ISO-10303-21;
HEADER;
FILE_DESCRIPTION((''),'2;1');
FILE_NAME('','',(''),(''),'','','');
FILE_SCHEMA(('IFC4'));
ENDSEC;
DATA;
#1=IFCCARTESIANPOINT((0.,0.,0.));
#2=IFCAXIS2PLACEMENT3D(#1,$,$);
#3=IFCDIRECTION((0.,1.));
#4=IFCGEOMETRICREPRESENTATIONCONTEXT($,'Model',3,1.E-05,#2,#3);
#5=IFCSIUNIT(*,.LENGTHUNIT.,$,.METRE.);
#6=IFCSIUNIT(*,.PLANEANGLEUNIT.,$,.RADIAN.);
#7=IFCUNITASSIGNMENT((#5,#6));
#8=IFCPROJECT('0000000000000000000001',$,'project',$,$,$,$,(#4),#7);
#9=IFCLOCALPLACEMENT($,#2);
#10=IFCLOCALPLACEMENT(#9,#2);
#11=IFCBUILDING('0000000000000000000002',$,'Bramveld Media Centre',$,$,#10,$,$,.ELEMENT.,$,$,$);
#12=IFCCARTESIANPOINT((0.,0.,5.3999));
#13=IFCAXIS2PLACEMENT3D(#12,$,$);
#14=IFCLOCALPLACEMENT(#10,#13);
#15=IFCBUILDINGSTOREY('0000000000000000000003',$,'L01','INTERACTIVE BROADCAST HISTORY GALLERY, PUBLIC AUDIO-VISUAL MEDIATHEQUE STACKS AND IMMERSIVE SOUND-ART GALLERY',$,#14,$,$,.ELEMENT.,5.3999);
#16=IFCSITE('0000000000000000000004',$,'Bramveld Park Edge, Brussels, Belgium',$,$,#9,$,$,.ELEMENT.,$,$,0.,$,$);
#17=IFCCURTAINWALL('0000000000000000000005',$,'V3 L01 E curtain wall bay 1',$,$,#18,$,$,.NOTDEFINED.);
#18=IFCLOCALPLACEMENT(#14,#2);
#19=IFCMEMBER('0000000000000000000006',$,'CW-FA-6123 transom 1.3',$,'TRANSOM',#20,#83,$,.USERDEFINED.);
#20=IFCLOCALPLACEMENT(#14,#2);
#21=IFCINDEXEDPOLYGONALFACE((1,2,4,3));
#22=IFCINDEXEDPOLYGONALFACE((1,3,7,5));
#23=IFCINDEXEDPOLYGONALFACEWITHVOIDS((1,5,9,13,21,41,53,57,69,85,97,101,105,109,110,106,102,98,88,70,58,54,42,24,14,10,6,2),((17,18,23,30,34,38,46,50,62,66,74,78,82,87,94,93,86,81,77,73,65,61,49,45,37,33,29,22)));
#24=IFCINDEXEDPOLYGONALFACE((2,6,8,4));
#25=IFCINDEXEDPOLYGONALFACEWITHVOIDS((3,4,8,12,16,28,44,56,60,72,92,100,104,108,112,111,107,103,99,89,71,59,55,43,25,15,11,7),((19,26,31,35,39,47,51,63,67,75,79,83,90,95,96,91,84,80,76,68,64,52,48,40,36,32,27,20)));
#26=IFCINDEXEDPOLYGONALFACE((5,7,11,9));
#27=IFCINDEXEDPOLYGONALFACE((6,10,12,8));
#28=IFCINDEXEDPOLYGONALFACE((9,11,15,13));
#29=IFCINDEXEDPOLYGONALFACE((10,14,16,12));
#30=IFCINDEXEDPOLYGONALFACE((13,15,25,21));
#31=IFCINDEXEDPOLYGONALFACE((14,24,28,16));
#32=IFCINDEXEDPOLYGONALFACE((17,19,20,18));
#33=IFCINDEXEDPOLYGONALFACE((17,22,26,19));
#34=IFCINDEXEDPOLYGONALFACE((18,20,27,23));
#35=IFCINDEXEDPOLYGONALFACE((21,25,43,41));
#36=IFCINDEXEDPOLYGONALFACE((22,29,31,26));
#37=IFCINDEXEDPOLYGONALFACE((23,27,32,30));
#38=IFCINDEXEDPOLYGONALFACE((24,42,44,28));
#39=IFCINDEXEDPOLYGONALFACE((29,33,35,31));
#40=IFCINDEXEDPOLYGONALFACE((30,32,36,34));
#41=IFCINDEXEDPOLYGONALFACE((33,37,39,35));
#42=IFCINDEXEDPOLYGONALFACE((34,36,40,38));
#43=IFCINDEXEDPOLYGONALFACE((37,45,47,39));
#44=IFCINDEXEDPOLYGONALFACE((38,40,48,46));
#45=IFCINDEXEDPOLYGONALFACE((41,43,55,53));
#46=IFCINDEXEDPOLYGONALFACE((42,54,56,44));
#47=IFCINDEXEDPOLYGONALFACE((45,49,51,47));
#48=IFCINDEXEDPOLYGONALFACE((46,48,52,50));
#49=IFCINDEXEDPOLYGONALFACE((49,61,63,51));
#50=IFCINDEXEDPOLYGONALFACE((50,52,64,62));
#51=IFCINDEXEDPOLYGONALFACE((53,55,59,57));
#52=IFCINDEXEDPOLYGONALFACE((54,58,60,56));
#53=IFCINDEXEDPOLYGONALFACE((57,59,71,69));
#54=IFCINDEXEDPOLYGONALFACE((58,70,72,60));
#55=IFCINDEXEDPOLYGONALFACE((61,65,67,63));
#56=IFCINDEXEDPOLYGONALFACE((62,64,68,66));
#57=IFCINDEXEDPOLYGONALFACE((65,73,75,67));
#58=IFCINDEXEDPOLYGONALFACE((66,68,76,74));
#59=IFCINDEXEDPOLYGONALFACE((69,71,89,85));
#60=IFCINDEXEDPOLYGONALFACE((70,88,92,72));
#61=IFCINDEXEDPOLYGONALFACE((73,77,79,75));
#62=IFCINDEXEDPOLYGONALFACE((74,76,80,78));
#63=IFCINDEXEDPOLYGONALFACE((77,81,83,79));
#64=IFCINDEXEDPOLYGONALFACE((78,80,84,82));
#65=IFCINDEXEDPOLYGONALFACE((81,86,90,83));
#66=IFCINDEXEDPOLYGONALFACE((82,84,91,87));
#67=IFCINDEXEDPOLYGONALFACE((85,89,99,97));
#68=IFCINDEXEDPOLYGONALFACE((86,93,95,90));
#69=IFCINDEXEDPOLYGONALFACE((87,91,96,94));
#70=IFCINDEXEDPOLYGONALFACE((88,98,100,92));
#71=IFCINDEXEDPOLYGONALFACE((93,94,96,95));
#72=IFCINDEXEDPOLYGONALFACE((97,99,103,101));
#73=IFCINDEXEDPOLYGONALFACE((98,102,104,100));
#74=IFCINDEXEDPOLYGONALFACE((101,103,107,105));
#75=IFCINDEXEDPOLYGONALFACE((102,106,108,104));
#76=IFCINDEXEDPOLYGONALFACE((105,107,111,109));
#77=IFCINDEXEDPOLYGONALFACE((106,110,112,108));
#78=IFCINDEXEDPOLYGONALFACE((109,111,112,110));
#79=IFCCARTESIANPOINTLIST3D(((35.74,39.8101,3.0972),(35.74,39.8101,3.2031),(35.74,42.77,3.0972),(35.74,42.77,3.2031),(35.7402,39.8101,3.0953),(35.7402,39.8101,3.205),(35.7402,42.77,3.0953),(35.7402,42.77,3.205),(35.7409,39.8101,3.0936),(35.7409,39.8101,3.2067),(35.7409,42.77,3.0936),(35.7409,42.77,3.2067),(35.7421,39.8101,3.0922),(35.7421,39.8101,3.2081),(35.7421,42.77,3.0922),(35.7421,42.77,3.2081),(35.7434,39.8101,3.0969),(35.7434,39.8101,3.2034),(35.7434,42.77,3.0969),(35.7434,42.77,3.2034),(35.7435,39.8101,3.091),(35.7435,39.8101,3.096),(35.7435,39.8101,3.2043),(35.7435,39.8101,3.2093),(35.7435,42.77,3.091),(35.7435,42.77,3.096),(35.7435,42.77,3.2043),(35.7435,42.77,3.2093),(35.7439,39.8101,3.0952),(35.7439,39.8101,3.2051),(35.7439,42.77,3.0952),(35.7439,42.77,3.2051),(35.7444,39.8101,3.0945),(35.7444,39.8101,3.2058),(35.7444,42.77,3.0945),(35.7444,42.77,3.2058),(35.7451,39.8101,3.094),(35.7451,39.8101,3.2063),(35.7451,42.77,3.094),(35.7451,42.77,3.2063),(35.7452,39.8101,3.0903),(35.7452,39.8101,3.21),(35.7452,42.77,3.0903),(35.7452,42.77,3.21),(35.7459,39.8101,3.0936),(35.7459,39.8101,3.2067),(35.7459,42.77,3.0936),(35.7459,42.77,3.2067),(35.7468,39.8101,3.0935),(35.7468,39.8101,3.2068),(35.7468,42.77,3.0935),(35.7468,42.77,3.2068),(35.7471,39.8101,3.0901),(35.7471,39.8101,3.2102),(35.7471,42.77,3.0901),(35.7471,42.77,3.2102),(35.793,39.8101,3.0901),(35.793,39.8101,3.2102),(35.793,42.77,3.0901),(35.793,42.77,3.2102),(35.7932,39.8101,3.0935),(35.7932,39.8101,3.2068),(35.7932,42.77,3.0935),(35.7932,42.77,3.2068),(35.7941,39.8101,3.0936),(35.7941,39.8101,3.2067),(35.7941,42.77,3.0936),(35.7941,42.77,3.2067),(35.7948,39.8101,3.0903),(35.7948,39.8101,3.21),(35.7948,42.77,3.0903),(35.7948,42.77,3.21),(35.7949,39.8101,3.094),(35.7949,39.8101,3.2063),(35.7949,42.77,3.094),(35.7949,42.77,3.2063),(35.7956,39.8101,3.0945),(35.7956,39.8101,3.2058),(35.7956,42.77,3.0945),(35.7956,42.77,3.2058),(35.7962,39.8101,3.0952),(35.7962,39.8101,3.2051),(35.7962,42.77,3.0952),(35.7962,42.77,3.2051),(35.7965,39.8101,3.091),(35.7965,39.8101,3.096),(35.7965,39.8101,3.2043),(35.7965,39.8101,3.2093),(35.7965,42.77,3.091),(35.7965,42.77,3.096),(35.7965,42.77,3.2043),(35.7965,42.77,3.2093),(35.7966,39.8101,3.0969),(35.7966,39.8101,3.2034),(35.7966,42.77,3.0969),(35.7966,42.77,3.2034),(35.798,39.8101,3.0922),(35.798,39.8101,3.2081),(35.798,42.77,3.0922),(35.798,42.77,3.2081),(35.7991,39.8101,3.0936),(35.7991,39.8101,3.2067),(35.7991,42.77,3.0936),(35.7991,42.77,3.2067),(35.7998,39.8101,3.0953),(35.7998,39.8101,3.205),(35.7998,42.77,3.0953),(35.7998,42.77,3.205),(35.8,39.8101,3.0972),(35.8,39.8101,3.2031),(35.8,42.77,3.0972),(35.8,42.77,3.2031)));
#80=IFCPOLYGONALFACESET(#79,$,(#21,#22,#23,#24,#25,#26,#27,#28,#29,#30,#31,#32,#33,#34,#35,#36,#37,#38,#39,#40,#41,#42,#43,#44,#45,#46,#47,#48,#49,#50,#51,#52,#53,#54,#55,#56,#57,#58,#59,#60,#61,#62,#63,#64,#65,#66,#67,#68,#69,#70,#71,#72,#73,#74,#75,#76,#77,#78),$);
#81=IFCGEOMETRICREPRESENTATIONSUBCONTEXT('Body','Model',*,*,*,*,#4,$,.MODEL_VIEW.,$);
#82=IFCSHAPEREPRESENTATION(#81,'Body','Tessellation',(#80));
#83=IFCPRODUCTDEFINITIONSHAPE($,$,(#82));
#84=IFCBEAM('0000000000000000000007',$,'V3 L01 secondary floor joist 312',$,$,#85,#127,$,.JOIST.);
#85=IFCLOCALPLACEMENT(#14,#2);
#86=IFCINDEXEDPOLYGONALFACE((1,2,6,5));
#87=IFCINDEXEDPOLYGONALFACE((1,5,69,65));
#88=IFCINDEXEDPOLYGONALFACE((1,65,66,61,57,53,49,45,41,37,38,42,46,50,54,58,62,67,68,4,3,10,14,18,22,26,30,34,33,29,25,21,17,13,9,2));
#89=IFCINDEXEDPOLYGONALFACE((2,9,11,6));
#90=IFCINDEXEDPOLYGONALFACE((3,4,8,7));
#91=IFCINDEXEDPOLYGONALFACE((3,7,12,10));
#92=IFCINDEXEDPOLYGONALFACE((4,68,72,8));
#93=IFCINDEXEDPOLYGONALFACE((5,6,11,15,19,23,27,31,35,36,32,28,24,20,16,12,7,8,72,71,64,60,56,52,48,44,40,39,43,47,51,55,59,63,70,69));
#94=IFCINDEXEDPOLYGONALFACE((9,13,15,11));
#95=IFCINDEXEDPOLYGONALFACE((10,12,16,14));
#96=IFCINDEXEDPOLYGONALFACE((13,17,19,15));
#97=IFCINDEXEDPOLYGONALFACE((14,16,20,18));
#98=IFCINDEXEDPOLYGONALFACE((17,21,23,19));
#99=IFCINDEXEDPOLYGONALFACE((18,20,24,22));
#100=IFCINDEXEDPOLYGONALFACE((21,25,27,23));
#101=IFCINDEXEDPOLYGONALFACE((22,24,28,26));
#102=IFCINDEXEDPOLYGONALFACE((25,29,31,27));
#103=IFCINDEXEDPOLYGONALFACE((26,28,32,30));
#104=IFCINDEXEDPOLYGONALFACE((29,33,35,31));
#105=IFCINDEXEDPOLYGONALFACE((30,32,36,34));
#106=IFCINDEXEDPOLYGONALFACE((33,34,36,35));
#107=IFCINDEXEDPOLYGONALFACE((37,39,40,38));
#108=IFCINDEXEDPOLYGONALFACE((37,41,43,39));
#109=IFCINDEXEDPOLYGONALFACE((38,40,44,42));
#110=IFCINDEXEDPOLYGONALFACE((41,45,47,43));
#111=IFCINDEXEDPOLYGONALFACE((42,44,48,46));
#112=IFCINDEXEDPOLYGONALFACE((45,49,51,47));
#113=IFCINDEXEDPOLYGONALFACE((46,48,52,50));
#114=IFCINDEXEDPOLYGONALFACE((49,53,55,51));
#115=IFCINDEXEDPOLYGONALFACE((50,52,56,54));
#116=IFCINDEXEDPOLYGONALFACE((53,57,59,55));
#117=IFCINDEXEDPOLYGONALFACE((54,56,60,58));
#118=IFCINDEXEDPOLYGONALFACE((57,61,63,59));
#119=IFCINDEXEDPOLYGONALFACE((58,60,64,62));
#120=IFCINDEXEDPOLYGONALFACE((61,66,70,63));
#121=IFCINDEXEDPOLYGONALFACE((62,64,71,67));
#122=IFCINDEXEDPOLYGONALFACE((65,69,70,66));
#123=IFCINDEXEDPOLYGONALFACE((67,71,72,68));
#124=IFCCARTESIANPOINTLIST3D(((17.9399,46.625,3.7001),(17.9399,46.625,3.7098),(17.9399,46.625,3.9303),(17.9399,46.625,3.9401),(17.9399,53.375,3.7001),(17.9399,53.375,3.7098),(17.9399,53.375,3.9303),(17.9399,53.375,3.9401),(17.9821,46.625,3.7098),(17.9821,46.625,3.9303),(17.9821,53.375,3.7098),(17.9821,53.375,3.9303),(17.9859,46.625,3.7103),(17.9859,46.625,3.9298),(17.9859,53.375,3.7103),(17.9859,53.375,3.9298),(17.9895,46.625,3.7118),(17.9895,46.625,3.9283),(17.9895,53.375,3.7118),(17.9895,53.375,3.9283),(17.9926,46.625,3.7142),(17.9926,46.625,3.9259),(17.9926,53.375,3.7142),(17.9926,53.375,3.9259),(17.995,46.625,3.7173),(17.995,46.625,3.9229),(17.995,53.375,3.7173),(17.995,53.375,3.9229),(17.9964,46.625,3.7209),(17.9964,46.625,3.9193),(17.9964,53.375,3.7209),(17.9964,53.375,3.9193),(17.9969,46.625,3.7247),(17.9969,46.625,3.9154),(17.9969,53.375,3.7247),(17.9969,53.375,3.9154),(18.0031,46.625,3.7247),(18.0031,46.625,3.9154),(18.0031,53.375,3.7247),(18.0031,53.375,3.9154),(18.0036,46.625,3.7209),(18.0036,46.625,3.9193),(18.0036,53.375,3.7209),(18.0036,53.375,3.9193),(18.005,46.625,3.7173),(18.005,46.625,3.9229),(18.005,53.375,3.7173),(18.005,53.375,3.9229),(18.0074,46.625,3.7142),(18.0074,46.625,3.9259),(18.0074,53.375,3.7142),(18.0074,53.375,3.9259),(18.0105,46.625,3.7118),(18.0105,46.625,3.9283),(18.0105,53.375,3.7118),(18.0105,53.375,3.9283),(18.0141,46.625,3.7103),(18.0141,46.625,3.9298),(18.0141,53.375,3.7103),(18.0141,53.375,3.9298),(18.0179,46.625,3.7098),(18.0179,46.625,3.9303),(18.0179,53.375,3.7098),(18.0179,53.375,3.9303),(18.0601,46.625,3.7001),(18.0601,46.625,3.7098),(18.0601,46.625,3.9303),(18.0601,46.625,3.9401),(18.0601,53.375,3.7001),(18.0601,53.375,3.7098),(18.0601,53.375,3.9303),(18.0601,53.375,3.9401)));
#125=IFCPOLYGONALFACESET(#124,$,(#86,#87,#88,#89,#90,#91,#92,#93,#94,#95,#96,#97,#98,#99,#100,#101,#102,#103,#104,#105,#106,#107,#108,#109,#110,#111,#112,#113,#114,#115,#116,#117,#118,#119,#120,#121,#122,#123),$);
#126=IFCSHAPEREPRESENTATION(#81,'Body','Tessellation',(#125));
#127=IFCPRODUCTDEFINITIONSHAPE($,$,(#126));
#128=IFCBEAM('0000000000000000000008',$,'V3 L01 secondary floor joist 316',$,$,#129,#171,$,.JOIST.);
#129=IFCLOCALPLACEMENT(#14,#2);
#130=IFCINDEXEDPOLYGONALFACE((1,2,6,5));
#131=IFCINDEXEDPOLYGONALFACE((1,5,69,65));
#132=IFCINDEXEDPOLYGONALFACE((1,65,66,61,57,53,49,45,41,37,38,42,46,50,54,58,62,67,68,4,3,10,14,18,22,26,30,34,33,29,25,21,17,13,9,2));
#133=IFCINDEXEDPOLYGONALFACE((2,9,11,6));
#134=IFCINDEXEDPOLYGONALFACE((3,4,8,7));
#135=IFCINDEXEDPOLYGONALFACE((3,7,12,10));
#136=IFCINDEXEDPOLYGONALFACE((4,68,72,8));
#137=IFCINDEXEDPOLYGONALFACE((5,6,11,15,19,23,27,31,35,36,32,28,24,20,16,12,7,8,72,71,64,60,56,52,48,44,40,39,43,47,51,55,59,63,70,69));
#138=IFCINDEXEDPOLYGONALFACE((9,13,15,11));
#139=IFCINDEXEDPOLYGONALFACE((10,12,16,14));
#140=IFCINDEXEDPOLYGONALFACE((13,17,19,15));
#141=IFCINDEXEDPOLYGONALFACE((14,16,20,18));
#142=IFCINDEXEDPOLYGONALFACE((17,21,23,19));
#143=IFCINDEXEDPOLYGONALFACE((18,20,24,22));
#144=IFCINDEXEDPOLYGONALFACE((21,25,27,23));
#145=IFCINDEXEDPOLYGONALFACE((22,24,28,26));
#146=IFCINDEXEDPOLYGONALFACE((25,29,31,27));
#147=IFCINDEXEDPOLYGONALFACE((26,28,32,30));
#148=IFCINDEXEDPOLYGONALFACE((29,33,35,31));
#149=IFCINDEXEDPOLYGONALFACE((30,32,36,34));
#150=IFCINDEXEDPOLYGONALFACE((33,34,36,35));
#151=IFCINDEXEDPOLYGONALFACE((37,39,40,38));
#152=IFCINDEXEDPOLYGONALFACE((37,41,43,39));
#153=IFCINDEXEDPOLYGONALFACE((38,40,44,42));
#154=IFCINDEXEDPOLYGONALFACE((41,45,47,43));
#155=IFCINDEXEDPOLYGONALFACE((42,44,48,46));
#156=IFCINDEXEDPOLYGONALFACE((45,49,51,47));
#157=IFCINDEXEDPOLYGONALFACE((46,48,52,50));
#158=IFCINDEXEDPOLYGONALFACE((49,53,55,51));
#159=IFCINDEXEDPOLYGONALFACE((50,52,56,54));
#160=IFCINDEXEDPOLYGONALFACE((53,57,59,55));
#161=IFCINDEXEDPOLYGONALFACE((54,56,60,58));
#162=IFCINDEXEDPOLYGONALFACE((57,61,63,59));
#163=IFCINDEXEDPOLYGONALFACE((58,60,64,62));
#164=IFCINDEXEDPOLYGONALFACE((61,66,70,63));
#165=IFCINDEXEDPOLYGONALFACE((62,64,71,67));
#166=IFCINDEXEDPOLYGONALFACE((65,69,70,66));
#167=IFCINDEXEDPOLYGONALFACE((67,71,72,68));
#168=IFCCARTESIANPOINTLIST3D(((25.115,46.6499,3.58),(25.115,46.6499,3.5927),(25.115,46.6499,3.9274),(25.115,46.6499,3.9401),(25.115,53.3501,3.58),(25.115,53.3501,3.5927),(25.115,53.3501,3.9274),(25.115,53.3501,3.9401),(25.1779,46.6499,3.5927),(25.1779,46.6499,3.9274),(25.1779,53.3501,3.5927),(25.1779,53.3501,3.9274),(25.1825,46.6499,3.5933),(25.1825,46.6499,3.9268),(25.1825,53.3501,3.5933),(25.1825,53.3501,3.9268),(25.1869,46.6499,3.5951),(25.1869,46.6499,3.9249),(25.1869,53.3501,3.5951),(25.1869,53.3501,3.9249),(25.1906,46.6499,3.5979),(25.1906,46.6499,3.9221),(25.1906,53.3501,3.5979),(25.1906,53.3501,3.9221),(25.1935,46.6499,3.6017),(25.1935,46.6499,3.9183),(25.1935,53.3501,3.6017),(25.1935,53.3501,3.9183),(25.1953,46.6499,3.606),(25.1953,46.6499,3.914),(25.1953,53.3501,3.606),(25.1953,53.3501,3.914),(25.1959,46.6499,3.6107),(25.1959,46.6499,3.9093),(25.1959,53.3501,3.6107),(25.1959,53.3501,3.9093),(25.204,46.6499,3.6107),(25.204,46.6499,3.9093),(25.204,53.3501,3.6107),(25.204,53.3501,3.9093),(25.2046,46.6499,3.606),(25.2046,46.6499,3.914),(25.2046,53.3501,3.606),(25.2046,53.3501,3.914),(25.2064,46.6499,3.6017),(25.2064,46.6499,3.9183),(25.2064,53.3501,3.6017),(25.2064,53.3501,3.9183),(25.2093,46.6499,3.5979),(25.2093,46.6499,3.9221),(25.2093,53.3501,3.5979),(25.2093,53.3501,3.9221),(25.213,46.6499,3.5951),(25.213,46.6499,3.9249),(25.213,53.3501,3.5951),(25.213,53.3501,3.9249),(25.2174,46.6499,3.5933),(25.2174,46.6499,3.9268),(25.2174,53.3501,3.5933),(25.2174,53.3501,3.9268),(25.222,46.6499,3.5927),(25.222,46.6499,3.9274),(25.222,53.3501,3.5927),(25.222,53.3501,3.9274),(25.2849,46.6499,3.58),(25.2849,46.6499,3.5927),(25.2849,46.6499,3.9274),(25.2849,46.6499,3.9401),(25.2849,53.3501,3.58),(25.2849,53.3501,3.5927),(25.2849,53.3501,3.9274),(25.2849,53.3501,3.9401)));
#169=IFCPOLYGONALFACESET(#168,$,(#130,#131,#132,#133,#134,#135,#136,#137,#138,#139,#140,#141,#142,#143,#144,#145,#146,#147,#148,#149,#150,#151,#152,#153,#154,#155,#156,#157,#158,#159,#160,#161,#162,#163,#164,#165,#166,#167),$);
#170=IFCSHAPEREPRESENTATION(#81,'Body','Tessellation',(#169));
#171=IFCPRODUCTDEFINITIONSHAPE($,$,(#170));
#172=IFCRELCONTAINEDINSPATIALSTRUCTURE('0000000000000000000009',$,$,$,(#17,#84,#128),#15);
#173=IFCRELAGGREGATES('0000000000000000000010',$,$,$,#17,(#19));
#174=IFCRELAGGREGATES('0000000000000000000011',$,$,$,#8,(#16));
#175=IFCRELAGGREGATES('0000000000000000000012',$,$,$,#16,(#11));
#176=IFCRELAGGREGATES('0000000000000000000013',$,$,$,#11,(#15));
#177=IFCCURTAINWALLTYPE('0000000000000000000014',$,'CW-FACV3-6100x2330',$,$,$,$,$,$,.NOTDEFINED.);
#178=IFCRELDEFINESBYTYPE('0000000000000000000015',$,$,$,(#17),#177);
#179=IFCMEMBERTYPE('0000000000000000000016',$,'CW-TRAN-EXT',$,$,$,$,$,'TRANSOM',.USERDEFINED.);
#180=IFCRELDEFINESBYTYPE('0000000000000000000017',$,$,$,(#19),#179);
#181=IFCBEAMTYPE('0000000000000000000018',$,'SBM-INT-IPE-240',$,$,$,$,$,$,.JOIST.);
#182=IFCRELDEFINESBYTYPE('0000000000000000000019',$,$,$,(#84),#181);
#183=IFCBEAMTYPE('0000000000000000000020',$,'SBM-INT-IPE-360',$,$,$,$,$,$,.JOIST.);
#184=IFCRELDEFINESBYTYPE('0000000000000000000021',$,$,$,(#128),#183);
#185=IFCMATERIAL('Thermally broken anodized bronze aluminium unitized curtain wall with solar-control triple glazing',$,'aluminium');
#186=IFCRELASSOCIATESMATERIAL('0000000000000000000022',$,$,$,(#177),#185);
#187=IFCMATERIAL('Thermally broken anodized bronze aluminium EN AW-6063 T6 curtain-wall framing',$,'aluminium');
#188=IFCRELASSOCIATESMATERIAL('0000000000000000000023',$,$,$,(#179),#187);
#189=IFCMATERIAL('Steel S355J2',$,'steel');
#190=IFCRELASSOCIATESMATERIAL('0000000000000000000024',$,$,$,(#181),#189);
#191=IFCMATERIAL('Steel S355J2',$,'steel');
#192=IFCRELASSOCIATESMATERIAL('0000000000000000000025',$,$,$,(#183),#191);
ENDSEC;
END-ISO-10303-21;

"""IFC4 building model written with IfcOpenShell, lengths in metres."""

from ifc_helpers import new_model, si_unit, direction, frame, origin, origin_2d, place, context, subcontext, project, spatial, hollow_rectangle, i_section, extrude, material, material_profile, profile_set, type_object, element, aggregate, save


model = new_model("IFC4")

# Units and contexts
model_context = context("Model", 3, precision=1e-05, world=origin(), true_north=direction((0.0, 1.0)))
body_context = subcontext(model_context, "Body", "Model", "MODEL_VIEW")
ifc_project = project(units=[si_unit("LENGTHUNIT", "METRE"), si_unit("PLANEANGLEUNIT", "RADIAN")], contexts=[model_context])

# Site, building, storey
site_placement = place(None, origin())
site = spatial("IfcSite", under=ifc_project, at=site_placement, Name="Bramveld Park Edge, Brussels, Belgium", CompositionType="ELEMENT", RefElevation=0.0)
building_placement = place(site_placement, origin())
building = spatial("IfcBuilding", under=site, at=building_placement, Name="Bramveld Media Centre", CompositionType="ELEMENT")
storey_placement = place(building_placement, frame((0.0, 0.0, 5.3999)))
storey = spatial("IfcBuildingStorey", under=building, at=storey_placement, Name="L01", Description="INTERACTIVE BROADCAST HISTORY GALLERY, PUBLIC AUDIO-VISUAL MEDIATHEQUE STACKS AND IMMERSIVE SOUND-ART GALLERY", CompositionType="ELEMENT", Elevation=5.3999)

# Curtain wall, member
ifc_material_1 = material(Name="Thermally broken anodized bronze aluminium unitized curtain wall with solar-control triple glazing", Category="aluminium")
curtain_wall_type = type_object("IfcCurtainWallType", Name="CW-FACV3-6100x2330", PredefinedType="NOTDEFINED", material=ifc_material_1)
curtain_wall_placement = place(storey_placement, origin())
curtain_wall = element("IfcCurtainWall", 1, at=curtain_wall_placement, inside=storey, type_object=curtain_wall_type, Name="V3 L01 E curtain wall bay 1", PredefinedType="NOTDEFINED")
ifc_material_2 = material(Name="Thermally broken anodized bronze aluminium EN AW-6063 T6 curtain-wall framing", Category="aluminium")
ifc_material_profile_1 = material_profile(ifc_material_2, hollow_rectangle(XDim=0.0601, YDim=0.1201, WallThickness=0.0034, InnerFilletRadius=0.0034, OuterFilletRadius=0.0071, at=origin_2d()), Name="AL-TRAN 60x120")
ifc_profile_set_1 = profile_set([ifc_material_profile_1], Name="Thermally broken anodized bronze aluminium EN AW-6063 T6 curtain-wall framing")
member_type_1 = type_object("IfcMemberType", Name="CW-TRAN-EXT", ElementType="TRANSOM", PredefinedType="USERDEFINED", material=ifc_profile_set_1)
member_1_placement = place(storey_placement, frame((35.77, 39.8101, 3.1501), z_axis=(0.0, 1.0, 0.0), x_axis=(-1.0, 0.0, 0.0)))
member_1 = element("IfcMember", 2, at=member_1_placement, type_object=member_type_1, Name="CW-FA-6123 transom 1.3", ObjectType="TRANSOM", PredefinedType="USERDEFINED", context=body_context, shape_type="SweptSolid", body=[
    extrude(hollow_rectangle(XDim=0.0601, YDim=0.1201, WallThickness=0.0034, InnerFilletRadius=0.0034, OuterFilletRadius=0.0071, at=origin_2d()), origin(), (0.0, 0.0, 1.0), 2.96),
])

# Beams
ifc_material_3 = material(Name="Steel S355J2", Category="steel")
ifc_material_profile_2 = material_profile(ifc_material_3, i_section(OverallWidth=0.1201, OverallDepth=0.24, WebThickness=0.0061, FlangeThickness=0.0098, FilletRadius=0.0149, at=origin_2d()), Name="IPE 240")
ifc_profile_set_2 = profile_set([ifc_material_profile_2], Name="Steel S355J2")
beam_type_1 = type_object("IfcBeamType", Name="SBM-INT-IPE-240", PredefinedType="JOIST", material=ifc_profile_set_2)
beam_1_placement = place(storey_placement, frame((18.0, 46.625, 3.8201), z_axis=(0.0, 1.0, 0.0), x_axis=(-1.0, 0.0, 0.0)))
element("IfcBeam", 3, at=beam_1_placement, inside=storey, type_object=beam_type_1, Name="V3 L01 secondary floor joist 312", PredefinedType="JOIST", context=body_context, shape_type="SweptSolid", body=[
    extrude(i_section(OverallWidth=0.1201, OverallDepth=0.24, WebThickness=0.0061, FlangeThickness=0.0098, FilletRadius=0.0149, at=origin_2d()), origin(), (0.0, 0.0, 1.0), 6.75),
])
ifc_material_4 = material(Name="Steel S355J2", Category="steel")
ifc_material_profile_3 = material_profile(ifc_material_4, i_section(OverallWidth=0.1699, OverallDepth=0.3601, WebThickness=0.0081, FlangeThickness=0.0127, FilletRadius=0.0181, at=origin_2d()), Name="IPE 360")
ifc_profile_set_3 = profile_set([ifc_material_profile_3], Name="Steel S355J2")
beam_type_2 = type_object("IfcBeamType", Name="SBM-INT-IPE-360", PredefinedType="JOIST", material=ifc_profile_set_3)
beam_2_placement = place(storey_placement, frame((25.2, 46.6499, 3.76), z_axis=(0.0, 1.0, 0.0), x_axis=(-1.0, 0.0, 0.0)))
element("IfcBeam", 4, at=beam_2_placement, inside=storey, type_object=beam_type_2, Name="V3 L01 secondary floor joist 316", PredefinedType="JOIST", context=body_context, shape_type="SweptSolid", body=[
    extrude(i_section(OverallWidth=0.1699, OverallDepth=0.3601, WebThickness=0.0081, FlangeThickness=0.0127, FilletRadius=0.0181, at=origin_2d()), origin(), (0.0, 0.0, 1.0), 6.7002),
])

aggregate(curtain_wall, [member_1])

save(model, "model.ifc")
